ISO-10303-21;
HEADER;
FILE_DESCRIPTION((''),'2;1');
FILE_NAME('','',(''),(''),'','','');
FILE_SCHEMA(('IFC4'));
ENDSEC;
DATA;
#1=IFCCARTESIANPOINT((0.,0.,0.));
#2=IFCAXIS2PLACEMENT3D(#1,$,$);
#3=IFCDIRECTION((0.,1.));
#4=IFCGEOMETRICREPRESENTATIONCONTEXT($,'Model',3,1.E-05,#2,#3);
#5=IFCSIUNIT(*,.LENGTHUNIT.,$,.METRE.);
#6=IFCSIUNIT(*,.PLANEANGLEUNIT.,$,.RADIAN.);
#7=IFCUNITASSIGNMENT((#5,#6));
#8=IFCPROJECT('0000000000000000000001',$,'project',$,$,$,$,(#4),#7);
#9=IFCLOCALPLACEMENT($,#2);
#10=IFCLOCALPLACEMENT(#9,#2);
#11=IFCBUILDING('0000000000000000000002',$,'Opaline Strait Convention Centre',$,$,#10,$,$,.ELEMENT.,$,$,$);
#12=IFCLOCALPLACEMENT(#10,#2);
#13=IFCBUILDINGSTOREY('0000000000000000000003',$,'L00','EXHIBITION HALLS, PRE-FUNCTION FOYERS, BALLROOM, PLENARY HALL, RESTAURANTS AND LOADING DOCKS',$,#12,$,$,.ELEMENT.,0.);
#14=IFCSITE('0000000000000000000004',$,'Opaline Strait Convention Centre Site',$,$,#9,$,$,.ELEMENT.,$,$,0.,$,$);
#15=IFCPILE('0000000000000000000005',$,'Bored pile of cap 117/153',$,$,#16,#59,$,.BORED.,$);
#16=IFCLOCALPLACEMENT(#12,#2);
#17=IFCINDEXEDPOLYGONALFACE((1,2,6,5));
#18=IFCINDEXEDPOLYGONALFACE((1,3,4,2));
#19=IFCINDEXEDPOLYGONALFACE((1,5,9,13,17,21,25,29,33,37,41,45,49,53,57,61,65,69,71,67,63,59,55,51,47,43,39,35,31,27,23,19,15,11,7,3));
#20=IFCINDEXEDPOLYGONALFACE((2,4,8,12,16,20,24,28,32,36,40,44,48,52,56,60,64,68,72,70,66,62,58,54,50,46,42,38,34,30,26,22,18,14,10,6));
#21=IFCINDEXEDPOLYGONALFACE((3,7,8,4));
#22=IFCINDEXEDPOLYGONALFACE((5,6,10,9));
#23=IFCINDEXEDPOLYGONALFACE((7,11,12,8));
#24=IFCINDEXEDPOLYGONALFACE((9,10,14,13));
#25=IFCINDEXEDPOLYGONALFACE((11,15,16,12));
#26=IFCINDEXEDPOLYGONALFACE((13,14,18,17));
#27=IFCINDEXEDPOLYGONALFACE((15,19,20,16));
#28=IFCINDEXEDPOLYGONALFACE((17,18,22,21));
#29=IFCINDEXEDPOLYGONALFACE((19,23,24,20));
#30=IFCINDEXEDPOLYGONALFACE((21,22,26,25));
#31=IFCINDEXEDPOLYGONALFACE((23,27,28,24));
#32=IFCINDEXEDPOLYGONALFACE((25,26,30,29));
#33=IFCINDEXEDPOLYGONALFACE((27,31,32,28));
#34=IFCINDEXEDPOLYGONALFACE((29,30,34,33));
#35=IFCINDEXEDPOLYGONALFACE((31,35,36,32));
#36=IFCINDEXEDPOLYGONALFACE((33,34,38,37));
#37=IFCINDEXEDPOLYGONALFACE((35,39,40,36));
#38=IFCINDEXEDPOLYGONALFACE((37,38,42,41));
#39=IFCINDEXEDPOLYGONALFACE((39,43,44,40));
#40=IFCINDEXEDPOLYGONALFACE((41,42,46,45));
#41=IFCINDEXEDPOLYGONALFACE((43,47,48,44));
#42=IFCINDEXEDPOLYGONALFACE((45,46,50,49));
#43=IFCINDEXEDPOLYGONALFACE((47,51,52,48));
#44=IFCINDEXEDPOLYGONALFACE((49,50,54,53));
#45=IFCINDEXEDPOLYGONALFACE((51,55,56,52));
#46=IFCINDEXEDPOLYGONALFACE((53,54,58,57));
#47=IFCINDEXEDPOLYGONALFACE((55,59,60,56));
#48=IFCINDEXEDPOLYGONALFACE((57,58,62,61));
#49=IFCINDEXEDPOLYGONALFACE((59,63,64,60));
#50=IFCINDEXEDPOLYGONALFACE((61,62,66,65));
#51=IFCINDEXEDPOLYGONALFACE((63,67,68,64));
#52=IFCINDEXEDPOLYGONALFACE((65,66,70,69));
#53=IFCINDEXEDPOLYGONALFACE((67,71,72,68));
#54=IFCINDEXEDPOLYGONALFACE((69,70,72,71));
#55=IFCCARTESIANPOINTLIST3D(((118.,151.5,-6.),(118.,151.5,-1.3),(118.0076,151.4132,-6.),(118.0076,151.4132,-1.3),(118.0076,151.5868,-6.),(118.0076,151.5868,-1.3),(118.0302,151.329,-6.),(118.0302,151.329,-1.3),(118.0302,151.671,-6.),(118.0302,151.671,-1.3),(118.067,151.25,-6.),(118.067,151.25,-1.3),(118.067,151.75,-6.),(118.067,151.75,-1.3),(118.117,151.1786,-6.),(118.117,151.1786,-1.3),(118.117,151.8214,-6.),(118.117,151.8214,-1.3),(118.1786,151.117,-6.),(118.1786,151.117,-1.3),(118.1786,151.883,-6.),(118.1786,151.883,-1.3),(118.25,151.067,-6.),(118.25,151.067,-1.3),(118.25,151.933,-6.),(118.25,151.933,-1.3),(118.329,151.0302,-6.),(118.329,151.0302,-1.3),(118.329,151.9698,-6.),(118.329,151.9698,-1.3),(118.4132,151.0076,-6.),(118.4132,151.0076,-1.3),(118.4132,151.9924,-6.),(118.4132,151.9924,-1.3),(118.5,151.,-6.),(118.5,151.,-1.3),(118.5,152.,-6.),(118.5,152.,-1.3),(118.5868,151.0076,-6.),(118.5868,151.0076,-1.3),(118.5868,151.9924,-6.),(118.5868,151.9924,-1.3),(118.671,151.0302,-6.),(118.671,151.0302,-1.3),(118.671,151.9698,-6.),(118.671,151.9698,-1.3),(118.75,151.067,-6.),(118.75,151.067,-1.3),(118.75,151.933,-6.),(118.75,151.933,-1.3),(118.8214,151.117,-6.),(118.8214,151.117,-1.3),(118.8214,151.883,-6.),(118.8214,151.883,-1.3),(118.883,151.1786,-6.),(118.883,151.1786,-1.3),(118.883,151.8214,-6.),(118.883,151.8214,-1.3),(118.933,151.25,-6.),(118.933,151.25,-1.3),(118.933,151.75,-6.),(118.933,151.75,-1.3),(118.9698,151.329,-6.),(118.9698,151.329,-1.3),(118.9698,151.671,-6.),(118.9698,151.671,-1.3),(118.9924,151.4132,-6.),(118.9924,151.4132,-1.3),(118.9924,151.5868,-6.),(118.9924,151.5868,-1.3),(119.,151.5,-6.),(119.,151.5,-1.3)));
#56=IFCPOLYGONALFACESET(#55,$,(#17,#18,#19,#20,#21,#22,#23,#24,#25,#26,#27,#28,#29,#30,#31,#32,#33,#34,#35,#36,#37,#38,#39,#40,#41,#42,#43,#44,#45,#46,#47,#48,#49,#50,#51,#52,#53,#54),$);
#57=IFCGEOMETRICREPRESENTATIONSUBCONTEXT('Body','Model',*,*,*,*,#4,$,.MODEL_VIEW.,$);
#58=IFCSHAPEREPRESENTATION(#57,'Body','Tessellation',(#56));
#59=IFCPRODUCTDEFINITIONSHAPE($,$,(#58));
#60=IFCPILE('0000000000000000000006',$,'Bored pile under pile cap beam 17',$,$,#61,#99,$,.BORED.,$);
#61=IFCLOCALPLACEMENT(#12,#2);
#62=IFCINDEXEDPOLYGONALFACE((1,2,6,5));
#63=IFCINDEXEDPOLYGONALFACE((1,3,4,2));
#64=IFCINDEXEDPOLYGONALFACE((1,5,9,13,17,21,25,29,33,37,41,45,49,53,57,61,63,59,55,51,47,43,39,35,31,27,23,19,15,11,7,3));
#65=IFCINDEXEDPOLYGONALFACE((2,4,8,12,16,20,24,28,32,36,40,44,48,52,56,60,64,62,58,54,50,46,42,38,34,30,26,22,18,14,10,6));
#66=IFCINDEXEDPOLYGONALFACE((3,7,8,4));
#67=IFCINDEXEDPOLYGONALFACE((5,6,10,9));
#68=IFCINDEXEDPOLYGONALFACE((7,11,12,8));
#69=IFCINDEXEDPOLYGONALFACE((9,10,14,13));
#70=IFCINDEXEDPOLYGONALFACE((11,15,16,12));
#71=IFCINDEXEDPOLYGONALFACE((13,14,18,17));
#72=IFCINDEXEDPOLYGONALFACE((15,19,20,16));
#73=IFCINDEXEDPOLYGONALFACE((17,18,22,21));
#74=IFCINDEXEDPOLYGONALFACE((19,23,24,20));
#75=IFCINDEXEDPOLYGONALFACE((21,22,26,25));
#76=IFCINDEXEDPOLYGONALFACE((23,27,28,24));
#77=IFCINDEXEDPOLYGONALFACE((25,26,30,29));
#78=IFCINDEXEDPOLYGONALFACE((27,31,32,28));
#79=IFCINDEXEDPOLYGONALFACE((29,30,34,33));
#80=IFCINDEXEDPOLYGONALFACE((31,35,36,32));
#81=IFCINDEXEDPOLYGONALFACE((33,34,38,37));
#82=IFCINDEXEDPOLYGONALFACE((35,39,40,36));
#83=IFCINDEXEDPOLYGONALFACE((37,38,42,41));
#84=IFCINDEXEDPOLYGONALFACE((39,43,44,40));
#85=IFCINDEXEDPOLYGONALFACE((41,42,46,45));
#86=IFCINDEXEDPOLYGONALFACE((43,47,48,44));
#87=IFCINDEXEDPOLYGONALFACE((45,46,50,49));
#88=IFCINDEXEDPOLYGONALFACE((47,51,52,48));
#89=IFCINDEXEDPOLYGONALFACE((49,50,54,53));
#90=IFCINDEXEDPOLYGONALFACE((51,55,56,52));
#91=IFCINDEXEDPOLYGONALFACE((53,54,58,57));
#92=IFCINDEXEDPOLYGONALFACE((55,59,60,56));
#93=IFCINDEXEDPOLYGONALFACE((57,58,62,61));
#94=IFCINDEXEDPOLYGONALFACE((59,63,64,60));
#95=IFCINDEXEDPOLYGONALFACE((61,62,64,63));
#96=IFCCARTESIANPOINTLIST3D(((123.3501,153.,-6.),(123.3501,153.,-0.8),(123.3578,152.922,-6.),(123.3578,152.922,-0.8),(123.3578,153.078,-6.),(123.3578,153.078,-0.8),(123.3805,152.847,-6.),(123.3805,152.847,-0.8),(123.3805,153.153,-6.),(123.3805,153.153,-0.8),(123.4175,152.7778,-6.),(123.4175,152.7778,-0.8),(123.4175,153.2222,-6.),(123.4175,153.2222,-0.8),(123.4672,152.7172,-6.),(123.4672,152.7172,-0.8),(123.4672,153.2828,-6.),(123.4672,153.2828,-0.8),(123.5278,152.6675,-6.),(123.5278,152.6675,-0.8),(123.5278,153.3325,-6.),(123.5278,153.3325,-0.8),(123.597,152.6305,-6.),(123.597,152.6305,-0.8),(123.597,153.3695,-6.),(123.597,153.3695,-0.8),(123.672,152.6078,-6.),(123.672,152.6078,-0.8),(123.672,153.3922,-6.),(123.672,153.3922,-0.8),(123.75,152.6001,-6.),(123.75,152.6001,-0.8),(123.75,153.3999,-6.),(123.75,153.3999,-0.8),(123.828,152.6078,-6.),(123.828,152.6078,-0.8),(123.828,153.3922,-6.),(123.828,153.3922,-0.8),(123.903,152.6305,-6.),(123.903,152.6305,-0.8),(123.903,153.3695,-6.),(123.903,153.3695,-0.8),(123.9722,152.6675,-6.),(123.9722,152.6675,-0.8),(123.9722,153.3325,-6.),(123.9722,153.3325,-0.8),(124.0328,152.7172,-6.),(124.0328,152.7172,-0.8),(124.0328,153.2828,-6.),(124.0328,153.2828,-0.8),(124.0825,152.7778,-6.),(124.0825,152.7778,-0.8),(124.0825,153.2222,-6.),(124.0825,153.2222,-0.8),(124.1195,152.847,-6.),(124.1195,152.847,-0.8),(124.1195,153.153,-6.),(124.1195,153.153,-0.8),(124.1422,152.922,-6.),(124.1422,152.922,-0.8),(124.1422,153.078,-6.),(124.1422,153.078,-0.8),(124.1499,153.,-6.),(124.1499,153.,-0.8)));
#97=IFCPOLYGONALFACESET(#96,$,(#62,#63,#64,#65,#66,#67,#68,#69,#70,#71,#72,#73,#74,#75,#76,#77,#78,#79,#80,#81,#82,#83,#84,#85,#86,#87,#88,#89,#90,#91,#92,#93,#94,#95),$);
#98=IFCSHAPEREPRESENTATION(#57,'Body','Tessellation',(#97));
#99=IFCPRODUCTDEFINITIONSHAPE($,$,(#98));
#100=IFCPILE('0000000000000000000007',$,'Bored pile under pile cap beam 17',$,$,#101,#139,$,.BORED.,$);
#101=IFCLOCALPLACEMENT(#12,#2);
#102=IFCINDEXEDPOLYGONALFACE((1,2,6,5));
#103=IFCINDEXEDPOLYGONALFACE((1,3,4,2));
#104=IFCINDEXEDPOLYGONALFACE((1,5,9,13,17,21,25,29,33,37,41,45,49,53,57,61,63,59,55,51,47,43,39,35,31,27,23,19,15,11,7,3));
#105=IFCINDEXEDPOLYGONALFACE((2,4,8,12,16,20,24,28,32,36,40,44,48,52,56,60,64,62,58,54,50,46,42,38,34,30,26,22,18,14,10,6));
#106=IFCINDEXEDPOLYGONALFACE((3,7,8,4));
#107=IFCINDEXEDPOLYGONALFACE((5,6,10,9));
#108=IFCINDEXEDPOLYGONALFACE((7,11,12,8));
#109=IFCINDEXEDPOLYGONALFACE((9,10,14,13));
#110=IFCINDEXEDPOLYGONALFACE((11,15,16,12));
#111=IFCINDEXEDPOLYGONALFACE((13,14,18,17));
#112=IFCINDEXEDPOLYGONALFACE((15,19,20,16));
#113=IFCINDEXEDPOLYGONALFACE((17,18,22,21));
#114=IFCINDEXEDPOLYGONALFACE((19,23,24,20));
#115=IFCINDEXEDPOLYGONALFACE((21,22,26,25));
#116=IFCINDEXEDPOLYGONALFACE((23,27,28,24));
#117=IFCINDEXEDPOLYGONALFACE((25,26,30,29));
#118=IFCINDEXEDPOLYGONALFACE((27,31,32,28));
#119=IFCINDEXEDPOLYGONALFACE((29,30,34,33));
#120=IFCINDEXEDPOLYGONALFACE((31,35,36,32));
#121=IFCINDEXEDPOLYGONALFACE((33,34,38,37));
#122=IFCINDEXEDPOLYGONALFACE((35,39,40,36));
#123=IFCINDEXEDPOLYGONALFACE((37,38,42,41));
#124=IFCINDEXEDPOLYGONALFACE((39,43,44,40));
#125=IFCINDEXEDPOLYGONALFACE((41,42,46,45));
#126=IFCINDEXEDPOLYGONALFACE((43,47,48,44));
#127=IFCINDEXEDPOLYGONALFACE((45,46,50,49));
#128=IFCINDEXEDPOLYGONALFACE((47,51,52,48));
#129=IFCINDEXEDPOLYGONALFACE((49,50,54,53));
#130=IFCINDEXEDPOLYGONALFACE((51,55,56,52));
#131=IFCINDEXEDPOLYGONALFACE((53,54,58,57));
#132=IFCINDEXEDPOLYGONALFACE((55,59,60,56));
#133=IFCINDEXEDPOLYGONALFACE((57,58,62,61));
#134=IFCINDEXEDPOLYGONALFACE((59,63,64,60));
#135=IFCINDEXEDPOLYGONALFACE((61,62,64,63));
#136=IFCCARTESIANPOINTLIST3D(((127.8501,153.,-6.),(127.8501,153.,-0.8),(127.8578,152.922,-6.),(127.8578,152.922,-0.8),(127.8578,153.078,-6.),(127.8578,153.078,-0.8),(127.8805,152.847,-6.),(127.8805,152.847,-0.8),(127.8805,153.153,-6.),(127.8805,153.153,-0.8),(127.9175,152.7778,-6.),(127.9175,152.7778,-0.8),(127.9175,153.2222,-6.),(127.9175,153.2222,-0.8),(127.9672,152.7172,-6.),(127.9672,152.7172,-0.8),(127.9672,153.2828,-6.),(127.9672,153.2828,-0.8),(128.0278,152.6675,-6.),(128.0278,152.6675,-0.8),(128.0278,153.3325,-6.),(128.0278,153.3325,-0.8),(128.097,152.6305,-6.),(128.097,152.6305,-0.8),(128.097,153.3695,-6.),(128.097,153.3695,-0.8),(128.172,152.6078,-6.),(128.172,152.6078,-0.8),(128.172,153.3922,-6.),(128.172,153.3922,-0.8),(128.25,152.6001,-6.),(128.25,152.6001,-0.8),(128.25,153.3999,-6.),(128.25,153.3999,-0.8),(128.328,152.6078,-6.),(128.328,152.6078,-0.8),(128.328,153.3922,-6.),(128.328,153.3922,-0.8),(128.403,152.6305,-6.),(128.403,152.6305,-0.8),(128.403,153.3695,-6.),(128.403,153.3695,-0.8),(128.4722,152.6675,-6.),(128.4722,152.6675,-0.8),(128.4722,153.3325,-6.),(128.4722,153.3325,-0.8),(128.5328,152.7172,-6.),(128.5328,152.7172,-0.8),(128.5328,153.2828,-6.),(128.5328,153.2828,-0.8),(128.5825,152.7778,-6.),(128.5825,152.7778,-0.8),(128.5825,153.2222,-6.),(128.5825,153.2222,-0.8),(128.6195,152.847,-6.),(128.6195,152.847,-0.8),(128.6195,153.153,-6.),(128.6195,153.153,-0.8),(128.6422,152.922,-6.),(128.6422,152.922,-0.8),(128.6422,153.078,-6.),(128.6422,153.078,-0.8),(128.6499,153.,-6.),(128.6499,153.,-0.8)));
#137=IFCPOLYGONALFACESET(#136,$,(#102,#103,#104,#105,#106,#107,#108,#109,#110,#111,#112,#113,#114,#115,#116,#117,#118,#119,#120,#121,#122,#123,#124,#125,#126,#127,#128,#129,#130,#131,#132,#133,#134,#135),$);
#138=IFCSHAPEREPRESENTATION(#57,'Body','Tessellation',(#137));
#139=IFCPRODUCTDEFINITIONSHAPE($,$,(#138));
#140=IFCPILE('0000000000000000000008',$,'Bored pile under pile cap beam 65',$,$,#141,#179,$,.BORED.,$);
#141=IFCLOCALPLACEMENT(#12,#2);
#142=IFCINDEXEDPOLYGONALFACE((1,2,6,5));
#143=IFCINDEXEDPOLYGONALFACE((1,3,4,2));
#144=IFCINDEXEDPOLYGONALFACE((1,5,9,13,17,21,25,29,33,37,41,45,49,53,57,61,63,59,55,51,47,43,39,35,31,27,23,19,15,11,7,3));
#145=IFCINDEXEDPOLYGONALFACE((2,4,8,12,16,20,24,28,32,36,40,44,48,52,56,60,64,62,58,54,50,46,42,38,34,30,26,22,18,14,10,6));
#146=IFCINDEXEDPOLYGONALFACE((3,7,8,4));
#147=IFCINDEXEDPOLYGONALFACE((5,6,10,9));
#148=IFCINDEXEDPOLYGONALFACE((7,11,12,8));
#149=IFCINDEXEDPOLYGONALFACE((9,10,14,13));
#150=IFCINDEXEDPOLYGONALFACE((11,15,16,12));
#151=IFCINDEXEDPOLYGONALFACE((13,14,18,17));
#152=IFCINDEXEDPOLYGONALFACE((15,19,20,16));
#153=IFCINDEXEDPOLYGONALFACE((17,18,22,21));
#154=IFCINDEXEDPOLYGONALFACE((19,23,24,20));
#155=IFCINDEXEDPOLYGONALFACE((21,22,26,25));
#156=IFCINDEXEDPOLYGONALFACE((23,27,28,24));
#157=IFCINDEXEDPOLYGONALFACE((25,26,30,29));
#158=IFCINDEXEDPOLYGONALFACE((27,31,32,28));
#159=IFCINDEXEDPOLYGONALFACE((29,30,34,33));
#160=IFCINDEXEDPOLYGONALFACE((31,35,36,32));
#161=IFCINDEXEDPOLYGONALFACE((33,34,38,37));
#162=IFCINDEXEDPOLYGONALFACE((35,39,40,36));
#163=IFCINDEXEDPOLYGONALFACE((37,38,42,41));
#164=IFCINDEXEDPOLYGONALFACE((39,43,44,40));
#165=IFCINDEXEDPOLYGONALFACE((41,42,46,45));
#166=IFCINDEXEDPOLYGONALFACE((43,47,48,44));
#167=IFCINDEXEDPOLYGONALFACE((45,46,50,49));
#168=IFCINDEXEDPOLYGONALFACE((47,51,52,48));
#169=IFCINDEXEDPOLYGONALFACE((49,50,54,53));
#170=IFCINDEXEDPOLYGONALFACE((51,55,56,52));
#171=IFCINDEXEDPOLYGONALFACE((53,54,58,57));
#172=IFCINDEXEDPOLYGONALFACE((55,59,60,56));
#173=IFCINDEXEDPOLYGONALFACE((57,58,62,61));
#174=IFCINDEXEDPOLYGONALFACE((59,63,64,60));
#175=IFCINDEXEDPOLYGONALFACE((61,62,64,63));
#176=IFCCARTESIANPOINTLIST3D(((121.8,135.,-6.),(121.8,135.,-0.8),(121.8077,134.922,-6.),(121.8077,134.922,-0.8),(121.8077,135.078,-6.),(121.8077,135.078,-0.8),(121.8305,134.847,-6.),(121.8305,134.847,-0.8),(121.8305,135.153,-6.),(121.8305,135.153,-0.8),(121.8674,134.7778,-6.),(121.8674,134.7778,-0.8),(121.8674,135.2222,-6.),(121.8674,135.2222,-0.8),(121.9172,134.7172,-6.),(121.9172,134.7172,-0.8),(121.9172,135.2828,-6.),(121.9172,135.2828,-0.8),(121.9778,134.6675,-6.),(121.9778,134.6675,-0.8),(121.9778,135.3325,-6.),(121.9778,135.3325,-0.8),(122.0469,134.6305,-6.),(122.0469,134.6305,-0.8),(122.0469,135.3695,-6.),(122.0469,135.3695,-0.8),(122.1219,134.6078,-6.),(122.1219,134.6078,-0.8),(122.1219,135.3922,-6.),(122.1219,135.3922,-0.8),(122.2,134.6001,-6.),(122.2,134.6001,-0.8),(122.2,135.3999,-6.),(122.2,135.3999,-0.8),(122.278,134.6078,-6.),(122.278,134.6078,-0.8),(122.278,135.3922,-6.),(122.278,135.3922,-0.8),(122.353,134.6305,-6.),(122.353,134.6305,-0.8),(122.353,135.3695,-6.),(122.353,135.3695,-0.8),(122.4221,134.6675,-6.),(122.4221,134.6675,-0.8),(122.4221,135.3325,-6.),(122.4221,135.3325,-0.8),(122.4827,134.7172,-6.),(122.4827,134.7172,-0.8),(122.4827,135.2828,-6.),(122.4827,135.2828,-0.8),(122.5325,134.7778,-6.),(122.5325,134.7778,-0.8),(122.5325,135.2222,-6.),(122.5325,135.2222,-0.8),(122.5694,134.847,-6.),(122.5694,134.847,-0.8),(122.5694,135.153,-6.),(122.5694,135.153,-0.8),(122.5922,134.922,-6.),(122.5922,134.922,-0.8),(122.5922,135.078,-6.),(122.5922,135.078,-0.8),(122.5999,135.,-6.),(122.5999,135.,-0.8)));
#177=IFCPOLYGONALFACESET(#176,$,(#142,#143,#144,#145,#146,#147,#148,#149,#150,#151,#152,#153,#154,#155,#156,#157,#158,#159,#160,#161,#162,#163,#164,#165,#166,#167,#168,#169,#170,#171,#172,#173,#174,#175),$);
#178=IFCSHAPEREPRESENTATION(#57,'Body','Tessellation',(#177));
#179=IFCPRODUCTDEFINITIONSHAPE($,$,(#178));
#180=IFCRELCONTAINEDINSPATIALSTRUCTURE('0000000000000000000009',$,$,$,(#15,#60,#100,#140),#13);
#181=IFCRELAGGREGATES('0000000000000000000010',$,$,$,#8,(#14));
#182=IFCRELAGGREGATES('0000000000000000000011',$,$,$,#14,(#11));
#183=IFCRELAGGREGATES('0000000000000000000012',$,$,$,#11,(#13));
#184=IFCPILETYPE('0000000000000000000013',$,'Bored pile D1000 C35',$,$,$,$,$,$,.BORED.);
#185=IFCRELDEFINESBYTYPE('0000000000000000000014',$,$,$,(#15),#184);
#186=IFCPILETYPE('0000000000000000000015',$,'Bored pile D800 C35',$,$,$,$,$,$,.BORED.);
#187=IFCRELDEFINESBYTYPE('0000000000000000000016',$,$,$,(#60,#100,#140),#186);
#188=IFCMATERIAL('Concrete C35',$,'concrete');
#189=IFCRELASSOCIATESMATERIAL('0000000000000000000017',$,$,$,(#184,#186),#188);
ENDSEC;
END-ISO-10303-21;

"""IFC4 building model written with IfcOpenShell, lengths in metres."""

from ifc_helpers import new_model, si_unit, direction, frame, origin, origin_2d, place, context, subcontext, project, spatial, circle, extrude, material, material_profile, profile_set, type_object, element, save


model = new_model("IFC4")

# Units and contexts
model_context = context("Model", 3, precision=1e-05, world=origin(), true_north=direction((0.0, 1.0)))
body_context = subcontext(model_context, "Body", "Model", "MODEL_VIEW")
ifc_project = project(units=[si_unit("LENGTHUNIT", "METRE"), si_unit("PLANEANGLEUNIT", "RADIAN")], contexts=[model_context])

# Site, building, storey
site_placement = place(None, origin())
site = spatial("IfcSite", under=ifc_project, at=site_placement, Name="Opaline Strait Convention Centre Site", CompositionType="ELEMENT", RefElevation=0.0)
building_placement = place(site_placement, origin())
building = spatial("IfcBuilding", under=site, at=building_placement, Name="Opaline Strait Convention Centre", CompositionType="ELEMENT")
storey_placement = place(building_placement, origin())
storey = spatial("IfcBuildingStorey", under=building, at=storey_placement, Name="L00", Description="EXHIBITION HALLS, PRE-FUNCTION FOYERS, BALLROOM, PLENARY HALL, RESTAURANTS AND LOADING DOCKS", CompositionType="ELEMENT", Elevation=0.0)

# Piles
ifc_material_1 = material(Name="Concrete C35", Category="concrete")
ifc_material_profile_1 = material_profile(ifc_material_1, circle(Radius=0.5, at=origin_2d()), Name="D1000")
ifc_profile_set_1 = profile_set([ifc_material_profile_1], Name="Concrete C35")
pile_type_1 = type_object("IfcPileType", Name="Bored pile D1000 C35", PredefinedType="BORED", material=ifc_profile_set_1)
pile_placement = place(storey_placement, frame((118.5, 151.5, -1.3), z_axis=(0.0, 0.0, -1.0), x_axis=(1.0, 0.0, 0.0)))
element("IfcPile", 1, at=pile_placement, inside=storey, type_object=pile_type_1, Name="Bored pile of cap 117/153", PredefinedType="BORED", context=body_context, shape_type="SweptSolid", body=[
    extrude(circle(Radius=0.5, at=origin_2d()), origin(), (0.0, 0.0, 1.0), 4.7),
])
ifc_material_profile_2 = material_profile(ifc_material_1, circle(Radius=0.3999, at=origin_2d()), Name="D800")
ifc_profile_set_2 = profile_set([ifc_material_profile_2], Name="Concrete C35")
pile_type_2 = type_object("IfcPileType", Name="Bored pile D800 C35", PredefinedType="BORED", material=ifc_profile_set_2)
for number, where, z_axis, x_axis, name in (
    (2, (123.75, 153.0, -0.8), (0.0, 0.0, -1.0), (1.0, 0.0, 0.0), "Bored pile under pile cap beam 17"),
    (3, (128.25, 153.0, -0.8), (0.0, 0.0, -1.0), (1.0, 0.0, 0.0), "Bored pile under pile cap beam 17"),
    (4, (122.2, 135.0, -0.8), (0.0, 0.0, -1.0), (1.0, 0.0, 0.0), "Bored pile under pile cap beam 65"),
):
    element("IfcPile", number, at=place(storey_placement, frame(where, z_axis=z_axis, x_axis=x_axis)), inside=storey, type_object=pile_type_2, Name=name, PredefinedType="BORED", context=body_context, shape_type="SweptSolid", body=[
        extrude(circle(Radius=0.3999, at=origin_2d()), origin(), (0.0, 0.0, 1.0), 5.2),
    ])

save(model, "model.ifc")
